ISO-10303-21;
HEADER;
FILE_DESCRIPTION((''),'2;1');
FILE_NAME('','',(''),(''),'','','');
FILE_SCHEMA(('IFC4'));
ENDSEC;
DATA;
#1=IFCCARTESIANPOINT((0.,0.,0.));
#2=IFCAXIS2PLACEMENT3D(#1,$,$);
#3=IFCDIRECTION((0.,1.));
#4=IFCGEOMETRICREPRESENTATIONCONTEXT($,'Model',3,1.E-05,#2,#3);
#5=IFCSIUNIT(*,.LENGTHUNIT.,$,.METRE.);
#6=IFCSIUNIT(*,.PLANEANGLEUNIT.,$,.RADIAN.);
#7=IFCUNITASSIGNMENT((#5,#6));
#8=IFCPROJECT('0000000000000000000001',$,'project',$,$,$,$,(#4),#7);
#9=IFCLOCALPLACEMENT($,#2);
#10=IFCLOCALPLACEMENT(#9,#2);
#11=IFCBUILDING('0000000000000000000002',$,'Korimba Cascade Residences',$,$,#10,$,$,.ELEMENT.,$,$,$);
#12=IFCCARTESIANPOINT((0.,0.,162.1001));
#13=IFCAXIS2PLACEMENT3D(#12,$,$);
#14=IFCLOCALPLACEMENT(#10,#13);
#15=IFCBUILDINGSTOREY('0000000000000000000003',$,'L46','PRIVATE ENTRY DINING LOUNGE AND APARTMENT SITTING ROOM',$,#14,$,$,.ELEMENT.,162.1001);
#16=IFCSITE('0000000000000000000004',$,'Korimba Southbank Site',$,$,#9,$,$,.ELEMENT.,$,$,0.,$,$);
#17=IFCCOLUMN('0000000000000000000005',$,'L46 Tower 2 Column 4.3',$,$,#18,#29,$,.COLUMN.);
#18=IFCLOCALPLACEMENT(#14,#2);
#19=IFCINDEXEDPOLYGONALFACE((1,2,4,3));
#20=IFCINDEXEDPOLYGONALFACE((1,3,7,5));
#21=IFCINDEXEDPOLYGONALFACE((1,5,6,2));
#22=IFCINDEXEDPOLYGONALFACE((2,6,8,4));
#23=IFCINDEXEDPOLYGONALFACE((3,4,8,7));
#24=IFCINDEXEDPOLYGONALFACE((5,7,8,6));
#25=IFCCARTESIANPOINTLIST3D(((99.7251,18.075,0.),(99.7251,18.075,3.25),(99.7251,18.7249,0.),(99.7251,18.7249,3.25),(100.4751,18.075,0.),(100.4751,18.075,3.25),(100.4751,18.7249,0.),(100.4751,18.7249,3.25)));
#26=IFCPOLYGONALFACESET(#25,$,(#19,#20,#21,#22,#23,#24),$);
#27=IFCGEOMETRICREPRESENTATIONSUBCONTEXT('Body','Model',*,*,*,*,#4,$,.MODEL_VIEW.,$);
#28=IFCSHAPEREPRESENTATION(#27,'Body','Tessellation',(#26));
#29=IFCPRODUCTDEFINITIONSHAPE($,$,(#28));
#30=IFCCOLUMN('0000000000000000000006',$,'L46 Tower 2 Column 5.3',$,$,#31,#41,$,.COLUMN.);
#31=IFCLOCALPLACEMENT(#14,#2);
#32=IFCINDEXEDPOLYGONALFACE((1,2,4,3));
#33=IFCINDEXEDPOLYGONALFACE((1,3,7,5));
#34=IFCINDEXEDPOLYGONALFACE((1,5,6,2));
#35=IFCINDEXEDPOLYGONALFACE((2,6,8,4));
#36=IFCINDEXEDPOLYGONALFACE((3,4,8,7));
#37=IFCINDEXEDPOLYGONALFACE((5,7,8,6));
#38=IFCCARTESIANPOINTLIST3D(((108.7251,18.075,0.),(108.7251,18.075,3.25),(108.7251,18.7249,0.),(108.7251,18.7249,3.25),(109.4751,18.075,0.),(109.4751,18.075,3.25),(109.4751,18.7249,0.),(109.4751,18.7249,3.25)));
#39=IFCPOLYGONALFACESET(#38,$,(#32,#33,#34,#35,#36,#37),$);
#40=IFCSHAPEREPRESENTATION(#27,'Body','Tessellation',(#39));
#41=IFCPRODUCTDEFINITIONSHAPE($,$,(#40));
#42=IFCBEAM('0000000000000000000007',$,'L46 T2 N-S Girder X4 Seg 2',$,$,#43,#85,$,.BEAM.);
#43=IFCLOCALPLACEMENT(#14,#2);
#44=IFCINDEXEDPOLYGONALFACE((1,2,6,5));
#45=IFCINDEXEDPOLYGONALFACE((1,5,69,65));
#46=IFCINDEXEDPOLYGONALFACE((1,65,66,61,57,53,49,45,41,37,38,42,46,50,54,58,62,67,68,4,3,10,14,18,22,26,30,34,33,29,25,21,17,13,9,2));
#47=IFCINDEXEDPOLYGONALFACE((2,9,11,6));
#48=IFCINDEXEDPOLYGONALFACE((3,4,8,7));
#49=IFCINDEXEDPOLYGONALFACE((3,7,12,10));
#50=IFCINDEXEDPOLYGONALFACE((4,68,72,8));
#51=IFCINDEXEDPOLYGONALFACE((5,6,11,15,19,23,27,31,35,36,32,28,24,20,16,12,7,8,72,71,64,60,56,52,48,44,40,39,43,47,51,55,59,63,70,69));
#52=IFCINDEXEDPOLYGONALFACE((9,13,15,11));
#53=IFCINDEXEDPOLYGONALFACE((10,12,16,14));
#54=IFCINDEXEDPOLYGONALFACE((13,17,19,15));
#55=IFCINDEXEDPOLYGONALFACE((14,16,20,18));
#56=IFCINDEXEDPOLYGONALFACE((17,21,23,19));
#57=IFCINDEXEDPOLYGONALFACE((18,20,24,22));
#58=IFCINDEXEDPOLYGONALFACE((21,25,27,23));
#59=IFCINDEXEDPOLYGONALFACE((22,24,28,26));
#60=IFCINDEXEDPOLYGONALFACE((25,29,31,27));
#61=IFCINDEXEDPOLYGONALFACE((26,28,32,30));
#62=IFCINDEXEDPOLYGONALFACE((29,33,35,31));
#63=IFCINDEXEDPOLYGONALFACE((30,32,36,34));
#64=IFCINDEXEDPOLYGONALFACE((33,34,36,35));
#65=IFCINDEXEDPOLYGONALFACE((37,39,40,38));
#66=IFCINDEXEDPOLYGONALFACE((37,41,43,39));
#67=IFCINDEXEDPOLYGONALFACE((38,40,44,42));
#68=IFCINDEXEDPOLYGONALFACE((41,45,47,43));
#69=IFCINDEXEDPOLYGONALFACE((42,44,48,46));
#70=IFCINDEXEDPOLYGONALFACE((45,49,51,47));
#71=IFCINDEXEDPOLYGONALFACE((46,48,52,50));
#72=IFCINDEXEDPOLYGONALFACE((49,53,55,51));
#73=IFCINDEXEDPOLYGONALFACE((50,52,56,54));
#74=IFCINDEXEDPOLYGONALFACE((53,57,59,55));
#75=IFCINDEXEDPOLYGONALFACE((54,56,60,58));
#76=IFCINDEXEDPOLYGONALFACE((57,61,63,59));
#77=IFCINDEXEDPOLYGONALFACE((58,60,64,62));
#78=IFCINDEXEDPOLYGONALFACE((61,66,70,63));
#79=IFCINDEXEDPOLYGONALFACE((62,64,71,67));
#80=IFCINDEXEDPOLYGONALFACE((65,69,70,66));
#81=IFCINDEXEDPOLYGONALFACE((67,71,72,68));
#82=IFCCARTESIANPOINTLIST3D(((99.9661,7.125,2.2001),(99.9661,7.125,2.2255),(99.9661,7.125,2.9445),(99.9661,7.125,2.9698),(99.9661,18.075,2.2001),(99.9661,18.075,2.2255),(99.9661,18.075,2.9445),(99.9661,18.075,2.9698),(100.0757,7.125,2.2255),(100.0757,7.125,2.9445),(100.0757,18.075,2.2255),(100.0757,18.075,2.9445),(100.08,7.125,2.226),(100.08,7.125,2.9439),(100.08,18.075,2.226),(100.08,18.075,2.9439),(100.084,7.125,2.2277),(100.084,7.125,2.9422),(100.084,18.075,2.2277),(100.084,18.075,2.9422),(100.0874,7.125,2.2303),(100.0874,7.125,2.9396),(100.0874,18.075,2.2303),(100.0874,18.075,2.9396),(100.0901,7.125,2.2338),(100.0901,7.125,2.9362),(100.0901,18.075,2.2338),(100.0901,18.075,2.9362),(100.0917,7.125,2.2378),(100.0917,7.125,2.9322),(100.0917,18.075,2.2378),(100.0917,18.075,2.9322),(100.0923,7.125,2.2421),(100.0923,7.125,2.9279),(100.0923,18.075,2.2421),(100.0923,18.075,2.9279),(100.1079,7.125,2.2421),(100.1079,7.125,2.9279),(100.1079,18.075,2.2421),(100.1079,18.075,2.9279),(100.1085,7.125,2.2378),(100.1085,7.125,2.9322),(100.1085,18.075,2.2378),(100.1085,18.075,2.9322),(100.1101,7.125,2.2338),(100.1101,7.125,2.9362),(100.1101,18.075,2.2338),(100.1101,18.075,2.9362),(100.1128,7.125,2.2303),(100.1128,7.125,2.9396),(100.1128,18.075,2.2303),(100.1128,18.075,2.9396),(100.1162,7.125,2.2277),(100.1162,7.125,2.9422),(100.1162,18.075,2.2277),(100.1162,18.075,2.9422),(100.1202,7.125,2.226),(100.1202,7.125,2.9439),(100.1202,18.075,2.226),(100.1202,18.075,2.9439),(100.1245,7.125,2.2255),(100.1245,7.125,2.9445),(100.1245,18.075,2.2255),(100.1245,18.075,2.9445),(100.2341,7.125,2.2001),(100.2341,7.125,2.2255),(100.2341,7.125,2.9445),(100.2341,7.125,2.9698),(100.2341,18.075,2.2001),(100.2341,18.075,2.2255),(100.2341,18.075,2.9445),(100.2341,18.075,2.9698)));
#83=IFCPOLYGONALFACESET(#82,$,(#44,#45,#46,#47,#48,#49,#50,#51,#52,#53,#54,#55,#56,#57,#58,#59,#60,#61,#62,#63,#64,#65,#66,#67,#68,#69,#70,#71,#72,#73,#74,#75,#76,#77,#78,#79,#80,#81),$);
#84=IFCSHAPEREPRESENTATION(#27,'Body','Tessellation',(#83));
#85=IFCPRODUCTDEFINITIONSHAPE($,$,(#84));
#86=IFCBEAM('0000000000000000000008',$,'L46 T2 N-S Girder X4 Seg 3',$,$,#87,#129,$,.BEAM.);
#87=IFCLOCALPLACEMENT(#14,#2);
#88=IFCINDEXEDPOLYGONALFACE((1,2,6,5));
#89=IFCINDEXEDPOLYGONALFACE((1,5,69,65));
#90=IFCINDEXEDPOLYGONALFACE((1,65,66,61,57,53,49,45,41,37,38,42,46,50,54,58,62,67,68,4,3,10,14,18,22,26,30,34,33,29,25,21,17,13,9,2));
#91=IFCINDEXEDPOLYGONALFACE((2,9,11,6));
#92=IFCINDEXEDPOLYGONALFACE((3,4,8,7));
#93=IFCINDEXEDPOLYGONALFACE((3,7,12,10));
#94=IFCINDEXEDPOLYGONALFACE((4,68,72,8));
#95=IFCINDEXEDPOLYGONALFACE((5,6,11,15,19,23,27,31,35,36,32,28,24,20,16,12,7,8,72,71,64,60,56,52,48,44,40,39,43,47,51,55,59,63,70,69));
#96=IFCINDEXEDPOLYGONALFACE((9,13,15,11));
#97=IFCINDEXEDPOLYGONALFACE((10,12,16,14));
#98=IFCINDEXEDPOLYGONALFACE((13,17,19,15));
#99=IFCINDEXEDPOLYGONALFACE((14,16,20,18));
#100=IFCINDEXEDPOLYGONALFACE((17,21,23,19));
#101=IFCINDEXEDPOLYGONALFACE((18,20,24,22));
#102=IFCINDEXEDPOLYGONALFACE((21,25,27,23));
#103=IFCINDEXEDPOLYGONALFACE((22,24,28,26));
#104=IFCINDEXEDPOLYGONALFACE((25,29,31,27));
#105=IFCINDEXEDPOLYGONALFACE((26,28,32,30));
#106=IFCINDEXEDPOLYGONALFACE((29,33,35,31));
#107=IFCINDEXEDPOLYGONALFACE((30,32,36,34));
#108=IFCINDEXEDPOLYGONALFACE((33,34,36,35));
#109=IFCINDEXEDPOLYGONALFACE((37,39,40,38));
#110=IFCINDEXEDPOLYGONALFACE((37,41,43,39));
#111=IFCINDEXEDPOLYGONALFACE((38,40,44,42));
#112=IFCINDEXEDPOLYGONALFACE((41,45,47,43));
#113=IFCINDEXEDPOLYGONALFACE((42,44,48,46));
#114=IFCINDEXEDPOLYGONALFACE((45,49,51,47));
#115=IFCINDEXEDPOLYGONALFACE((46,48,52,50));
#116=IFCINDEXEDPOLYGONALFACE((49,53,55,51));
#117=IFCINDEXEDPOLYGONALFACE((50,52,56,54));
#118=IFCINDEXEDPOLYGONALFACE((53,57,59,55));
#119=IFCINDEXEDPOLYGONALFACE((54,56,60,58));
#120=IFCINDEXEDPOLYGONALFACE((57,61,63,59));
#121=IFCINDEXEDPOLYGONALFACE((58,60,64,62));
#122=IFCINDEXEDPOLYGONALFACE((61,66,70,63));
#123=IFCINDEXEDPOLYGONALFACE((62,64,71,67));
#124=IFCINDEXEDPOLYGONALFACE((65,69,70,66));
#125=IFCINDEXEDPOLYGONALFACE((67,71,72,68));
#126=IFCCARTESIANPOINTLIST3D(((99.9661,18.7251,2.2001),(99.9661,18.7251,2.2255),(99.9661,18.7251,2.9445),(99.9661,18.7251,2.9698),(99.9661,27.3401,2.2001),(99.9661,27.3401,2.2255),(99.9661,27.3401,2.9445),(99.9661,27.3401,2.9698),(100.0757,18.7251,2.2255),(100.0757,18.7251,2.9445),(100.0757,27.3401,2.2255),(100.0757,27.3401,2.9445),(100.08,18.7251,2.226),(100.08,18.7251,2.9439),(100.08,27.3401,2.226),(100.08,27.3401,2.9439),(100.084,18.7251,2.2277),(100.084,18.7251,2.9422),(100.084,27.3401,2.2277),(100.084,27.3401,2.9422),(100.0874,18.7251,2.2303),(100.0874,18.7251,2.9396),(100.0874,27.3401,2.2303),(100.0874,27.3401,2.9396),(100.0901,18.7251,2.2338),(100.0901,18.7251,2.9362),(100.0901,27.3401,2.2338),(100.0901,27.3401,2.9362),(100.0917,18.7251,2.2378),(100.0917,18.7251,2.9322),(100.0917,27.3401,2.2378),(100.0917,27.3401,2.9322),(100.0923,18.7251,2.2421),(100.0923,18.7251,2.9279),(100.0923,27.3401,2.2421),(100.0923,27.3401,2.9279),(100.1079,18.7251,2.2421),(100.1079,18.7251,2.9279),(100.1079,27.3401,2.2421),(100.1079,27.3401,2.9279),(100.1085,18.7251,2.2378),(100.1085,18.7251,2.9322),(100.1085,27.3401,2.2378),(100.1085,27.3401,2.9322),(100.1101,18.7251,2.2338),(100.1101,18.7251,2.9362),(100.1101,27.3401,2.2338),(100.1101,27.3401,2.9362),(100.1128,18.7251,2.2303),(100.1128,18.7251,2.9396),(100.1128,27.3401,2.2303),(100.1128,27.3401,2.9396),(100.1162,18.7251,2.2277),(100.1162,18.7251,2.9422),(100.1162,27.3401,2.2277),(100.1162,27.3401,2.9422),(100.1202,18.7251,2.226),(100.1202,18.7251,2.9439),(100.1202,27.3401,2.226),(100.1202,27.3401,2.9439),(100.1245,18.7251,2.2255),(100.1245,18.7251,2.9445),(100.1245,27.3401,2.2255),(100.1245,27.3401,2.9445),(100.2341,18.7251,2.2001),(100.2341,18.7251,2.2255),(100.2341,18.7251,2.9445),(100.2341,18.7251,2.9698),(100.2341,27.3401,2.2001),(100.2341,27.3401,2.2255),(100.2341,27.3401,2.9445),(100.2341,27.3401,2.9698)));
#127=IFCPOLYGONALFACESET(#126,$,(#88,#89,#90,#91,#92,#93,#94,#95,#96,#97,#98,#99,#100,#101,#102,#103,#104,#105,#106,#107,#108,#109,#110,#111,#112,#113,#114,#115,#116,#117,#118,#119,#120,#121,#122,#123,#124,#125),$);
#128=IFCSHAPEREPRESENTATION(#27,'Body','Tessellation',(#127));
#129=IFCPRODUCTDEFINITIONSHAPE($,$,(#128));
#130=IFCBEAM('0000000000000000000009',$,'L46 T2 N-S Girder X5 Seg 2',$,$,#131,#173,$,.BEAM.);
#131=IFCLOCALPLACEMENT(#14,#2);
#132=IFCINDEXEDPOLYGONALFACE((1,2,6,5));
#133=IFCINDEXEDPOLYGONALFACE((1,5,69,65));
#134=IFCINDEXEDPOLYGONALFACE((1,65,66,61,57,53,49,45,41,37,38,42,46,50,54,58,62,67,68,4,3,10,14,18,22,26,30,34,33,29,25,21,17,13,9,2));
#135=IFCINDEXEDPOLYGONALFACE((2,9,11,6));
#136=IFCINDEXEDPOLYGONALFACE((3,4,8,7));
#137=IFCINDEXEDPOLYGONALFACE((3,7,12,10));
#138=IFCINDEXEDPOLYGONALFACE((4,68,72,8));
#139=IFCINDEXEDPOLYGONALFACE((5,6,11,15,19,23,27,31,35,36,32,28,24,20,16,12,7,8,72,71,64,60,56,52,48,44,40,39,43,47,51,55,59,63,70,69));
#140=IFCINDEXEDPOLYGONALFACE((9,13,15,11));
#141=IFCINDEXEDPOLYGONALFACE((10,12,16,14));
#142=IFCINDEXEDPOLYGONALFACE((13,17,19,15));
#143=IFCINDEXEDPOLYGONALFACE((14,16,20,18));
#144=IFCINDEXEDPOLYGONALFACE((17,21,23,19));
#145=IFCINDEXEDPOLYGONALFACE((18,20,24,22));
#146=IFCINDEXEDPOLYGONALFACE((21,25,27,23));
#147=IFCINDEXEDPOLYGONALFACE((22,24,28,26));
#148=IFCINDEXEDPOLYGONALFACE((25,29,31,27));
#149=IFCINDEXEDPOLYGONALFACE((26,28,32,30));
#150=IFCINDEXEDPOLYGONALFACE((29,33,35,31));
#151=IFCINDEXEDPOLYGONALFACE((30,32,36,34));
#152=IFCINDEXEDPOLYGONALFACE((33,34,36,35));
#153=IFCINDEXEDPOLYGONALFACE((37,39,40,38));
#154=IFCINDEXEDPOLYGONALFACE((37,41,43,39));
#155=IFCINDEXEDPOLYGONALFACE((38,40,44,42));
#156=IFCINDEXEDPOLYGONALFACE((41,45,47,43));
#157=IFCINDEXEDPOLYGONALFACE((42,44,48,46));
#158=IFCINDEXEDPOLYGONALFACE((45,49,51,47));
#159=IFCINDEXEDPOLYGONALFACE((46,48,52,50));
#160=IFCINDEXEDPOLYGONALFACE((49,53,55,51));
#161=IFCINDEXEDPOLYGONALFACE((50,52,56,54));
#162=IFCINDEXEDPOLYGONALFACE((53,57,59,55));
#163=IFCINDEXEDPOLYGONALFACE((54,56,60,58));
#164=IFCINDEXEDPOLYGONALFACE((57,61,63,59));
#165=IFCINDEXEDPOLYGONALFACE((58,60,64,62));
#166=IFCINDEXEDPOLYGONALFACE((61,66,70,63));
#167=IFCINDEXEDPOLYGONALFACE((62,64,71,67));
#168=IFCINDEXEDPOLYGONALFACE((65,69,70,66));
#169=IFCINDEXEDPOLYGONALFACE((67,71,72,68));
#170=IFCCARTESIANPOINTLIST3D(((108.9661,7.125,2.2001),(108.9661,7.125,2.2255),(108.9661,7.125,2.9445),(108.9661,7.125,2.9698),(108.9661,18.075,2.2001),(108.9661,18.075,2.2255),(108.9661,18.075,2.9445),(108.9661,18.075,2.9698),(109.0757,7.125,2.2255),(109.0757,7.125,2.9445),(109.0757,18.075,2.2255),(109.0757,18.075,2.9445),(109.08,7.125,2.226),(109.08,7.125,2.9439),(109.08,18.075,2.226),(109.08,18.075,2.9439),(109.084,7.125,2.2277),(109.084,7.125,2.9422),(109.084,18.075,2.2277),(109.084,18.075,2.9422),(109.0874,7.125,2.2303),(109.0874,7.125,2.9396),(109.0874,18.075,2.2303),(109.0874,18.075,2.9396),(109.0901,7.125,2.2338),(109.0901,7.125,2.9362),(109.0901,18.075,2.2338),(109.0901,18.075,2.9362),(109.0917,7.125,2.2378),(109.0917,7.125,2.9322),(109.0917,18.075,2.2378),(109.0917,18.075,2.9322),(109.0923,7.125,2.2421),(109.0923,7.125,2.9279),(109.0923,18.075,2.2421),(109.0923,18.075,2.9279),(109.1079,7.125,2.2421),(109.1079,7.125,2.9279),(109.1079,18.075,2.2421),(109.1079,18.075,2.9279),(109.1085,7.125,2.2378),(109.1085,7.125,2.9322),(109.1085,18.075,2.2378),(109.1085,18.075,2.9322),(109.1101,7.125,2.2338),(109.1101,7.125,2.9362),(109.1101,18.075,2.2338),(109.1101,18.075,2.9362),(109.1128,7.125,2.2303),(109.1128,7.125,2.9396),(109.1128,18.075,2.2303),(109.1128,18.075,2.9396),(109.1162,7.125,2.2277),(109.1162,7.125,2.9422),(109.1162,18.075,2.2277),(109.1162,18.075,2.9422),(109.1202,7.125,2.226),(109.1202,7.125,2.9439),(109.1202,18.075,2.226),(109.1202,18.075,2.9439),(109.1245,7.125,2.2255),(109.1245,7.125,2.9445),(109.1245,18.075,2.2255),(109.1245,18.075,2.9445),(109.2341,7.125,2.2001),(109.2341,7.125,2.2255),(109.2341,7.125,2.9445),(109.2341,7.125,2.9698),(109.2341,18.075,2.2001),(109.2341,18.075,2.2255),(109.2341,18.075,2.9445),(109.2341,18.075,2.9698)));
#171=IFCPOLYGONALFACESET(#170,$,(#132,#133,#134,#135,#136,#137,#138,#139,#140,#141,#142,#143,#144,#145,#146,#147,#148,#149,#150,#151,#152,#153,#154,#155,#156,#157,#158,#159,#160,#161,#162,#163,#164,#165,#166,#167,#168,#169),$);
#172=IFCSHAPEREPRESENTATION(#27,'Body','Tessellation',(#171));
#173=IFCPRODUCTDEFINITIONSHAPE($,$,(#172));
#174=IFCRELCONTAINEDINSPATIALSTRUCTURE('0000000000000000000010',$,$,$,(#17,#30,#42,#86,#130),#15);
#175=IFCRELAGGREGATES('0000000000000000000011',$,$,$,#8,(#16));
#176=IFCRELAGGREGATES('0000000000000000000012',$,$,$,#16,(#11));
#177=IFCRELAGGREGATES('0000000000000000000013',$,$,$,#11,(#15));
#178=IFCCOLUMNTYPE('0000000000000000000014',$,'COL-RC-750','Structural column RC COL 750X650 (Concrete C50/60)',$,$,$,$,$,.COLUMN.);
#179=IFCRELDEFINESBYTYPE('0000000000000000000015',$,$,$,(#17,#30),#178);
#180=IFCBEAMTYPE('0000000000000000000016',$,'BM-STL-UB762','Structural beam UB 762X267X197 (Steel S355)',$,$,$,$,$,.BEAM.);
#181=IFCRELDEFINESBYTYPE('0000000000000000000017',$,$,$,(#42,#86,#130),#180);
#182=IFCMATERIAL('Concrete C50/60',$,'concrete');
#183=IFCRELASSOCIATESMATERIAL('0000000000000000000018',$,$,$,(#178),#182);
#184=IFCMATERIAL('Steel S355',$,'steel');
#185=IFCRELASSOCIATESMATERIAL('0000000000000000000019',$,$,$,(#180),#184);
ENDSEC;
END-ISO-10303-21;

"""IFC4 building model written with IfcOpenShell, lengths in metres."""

from ifc_helpers import new_model, si_unit, direction, frame, origin, origin_2d, place, context, subcontext, project, spatial, rectangle, i_section, extrude, material, material_profile, profile_set, type_object, element, save


model = new_model("IFC4")

# Units and contexts
model_context = context("Model", 3, precision=1e-05, world=origin(), true_north=direction((0.0, 1.0)))
body_context = subcontext(model_context, "Body", "Model", "MODEL_VIEW")
ifc_project = project(units=[si_unit("LENGTHUNIT", "METRE"), si_unit("PLANEANGLEUNIT", "RADIAN")], contexts=[model_context])

# Site, building, storey
site_placement = place(None, origin())
site = spatial("IfcSite", under=ifc_project, at=site_placement, Name="Korimba Southbank Site", CompositionType="ELEMENT", RefElevation=0.0)
building_placement = place(site_placement, origin())
building = spatial("IfcBuilding", under=site, at=building_placement, Name="Korimba Cascade Residences", CompositionType="ELEMENT")
storey_placement = place(building_placement, frame((0.0, 0.0, 162.1001)))
storey = spatial("IfcBuildingStorey", under=building, at=storey_placement, Name="L46", Description="PRIVATE ENTRY DINING LOUNGE AND APARTMENT SITTING ROOM", CompositionType="ELEMENT", Elevation=162.1001)

# Columns
ifc_material_1 = material(Name="Concrete C50/60", Category="concrete")
ifc_material_profile_1 = material_profile(ifc_material_1, rectangle(XDim=0.75, YDim=0.6499, at=origin_2d()), Name="Concrete C50/60")
ifc_profile_set_1 = profile_set([ifc_material_profile_1], Name="Concrete C50/60")
column_type = type_object("IfcColumnType", Name="COL-RC-750", Description="Structural column RC COL 750X650 (Concrete C50/60)", PredefinedType="COLUMN", material=ifc_profile_set_1)
for number, where, z_axis, x_axis, name in (
    (1, (100.1001, 18.3999, 0.0), (0.0, 0.0, 1.0), (1.0, 0.0, 0.0), "L46 Tower 2 Column 4.3"),
    (2, (109.1001, 18.3999, 0.0), (0.0, 0.0, 1.0), (1.0, 0.0, 0.0), "L46 Tower 2 Column 5.3"),
):
    element("IfcColumn", number, at=place(storey_placement, frame(where, z_axis=z_axis, x_axis=x_axis)), inside=storey, type_object=column_type, Name=name, PredefinedType="COLUMN", context=body_context, shape_type="SweptSolid", body=[
        extrude(rectangle(XDim=0.75, YDim=0.6499, at=origin_2d()), origin(), (0.0, 0.0, 1.0), 3.25),
    ])

# Beams
ifc_material_2 = material(Name="Steel S355", Category="steel")
ifc_material_profile_2 = material_profile(ifc_material_2, i_section(OverallWidth=0.2681, OverallDepth=0.7698, WebThickness=0.0156, FlangeThickness=0.0254, FilletRadius=0.0166, at=origin_2d()), Name="Steel S355")
ifc_profile_set_2 = profile_set([ifc_material_profile_2], Name="Steel S355")
beam_type = type_object("IfcBeamType", Name="BM-STL-UB762", Description="Structural beam UB 762X267X197 (Steel S355)", PredefinedType="BEAM", material=ifc_profile_set_2)
beam_1_placement = place(storey_placement, frame((100.1001, 7.125, 2.585), z_axis=(0.0, 1.0, 0.0), x_axis=(-1.0, 0.0, 0.0)))
element("IfcBeam", 3, at=beam_1_placement, inside=storey, type_object=beam_type, Name="L46 T2 N-S Girder X4 Seg 2", PredefinedType="BEAM", context=body_context, shape_type="SweptSolid", body=[
    extrude(i_section(OverallWidth=0.2681, OverallDepth=0.7698, WebThickness=0.0156, FlangeThickness=0.0254, FilletRadius=0.0166, at=origin_2d()), origin(), (0.0, 0.0, 1.0), 10.95),
])
beam_2_placement = place(storey_placement, frame((100.1001, 18.7251, 2.585), z_axis=(0.0, 1.0, 0.0), x_axis=(-1.0, 0.0, 0.0)))
element("IfcBeam", 4, at=beam_2_placement, inside=storey, type_object=beam_type, Name="L46 T2 N-S Girder X4 Seg 3", PredefinedType="BEAM", context=body_context, shape_type="SweptSolid", body=[
    extrude(i_section(OverallWidth=0.2681, OverallDepth=0.7698, WebThickness=0.0156, FlangeThickness=0.0254, FilletRadius=0.0166, at=origin_2d()), origin(), (0.0, 0.0, 1.0), 8.615),
])
beam_3_placement = place(storey_placement, frame((109.1001, 7.125, 2.585), z_axis=(0.0, 1.0, 0.0), x_axis=(-1.0, 0.0, 0.0)))
element("IfcBeam", 5, at=beam_3_placement, inside=storey, type_object=beam_type, Name="L46 T2 N-S Girder X5 Seg 2", PredefinedType="BEAM", context=body_context, shape_type="SweptSolid", body=[
    extrude(i_section(OverallWidth=0.2681, OverallDepth=0.7698, WebThickness=0.0156, FlangeThickness=0.0254, FilletRadius=0.0166, at=origin_2d()), origin(), (0.0, 0.0, 1.0), 10.95),
])

save(model, "model.ifc")
